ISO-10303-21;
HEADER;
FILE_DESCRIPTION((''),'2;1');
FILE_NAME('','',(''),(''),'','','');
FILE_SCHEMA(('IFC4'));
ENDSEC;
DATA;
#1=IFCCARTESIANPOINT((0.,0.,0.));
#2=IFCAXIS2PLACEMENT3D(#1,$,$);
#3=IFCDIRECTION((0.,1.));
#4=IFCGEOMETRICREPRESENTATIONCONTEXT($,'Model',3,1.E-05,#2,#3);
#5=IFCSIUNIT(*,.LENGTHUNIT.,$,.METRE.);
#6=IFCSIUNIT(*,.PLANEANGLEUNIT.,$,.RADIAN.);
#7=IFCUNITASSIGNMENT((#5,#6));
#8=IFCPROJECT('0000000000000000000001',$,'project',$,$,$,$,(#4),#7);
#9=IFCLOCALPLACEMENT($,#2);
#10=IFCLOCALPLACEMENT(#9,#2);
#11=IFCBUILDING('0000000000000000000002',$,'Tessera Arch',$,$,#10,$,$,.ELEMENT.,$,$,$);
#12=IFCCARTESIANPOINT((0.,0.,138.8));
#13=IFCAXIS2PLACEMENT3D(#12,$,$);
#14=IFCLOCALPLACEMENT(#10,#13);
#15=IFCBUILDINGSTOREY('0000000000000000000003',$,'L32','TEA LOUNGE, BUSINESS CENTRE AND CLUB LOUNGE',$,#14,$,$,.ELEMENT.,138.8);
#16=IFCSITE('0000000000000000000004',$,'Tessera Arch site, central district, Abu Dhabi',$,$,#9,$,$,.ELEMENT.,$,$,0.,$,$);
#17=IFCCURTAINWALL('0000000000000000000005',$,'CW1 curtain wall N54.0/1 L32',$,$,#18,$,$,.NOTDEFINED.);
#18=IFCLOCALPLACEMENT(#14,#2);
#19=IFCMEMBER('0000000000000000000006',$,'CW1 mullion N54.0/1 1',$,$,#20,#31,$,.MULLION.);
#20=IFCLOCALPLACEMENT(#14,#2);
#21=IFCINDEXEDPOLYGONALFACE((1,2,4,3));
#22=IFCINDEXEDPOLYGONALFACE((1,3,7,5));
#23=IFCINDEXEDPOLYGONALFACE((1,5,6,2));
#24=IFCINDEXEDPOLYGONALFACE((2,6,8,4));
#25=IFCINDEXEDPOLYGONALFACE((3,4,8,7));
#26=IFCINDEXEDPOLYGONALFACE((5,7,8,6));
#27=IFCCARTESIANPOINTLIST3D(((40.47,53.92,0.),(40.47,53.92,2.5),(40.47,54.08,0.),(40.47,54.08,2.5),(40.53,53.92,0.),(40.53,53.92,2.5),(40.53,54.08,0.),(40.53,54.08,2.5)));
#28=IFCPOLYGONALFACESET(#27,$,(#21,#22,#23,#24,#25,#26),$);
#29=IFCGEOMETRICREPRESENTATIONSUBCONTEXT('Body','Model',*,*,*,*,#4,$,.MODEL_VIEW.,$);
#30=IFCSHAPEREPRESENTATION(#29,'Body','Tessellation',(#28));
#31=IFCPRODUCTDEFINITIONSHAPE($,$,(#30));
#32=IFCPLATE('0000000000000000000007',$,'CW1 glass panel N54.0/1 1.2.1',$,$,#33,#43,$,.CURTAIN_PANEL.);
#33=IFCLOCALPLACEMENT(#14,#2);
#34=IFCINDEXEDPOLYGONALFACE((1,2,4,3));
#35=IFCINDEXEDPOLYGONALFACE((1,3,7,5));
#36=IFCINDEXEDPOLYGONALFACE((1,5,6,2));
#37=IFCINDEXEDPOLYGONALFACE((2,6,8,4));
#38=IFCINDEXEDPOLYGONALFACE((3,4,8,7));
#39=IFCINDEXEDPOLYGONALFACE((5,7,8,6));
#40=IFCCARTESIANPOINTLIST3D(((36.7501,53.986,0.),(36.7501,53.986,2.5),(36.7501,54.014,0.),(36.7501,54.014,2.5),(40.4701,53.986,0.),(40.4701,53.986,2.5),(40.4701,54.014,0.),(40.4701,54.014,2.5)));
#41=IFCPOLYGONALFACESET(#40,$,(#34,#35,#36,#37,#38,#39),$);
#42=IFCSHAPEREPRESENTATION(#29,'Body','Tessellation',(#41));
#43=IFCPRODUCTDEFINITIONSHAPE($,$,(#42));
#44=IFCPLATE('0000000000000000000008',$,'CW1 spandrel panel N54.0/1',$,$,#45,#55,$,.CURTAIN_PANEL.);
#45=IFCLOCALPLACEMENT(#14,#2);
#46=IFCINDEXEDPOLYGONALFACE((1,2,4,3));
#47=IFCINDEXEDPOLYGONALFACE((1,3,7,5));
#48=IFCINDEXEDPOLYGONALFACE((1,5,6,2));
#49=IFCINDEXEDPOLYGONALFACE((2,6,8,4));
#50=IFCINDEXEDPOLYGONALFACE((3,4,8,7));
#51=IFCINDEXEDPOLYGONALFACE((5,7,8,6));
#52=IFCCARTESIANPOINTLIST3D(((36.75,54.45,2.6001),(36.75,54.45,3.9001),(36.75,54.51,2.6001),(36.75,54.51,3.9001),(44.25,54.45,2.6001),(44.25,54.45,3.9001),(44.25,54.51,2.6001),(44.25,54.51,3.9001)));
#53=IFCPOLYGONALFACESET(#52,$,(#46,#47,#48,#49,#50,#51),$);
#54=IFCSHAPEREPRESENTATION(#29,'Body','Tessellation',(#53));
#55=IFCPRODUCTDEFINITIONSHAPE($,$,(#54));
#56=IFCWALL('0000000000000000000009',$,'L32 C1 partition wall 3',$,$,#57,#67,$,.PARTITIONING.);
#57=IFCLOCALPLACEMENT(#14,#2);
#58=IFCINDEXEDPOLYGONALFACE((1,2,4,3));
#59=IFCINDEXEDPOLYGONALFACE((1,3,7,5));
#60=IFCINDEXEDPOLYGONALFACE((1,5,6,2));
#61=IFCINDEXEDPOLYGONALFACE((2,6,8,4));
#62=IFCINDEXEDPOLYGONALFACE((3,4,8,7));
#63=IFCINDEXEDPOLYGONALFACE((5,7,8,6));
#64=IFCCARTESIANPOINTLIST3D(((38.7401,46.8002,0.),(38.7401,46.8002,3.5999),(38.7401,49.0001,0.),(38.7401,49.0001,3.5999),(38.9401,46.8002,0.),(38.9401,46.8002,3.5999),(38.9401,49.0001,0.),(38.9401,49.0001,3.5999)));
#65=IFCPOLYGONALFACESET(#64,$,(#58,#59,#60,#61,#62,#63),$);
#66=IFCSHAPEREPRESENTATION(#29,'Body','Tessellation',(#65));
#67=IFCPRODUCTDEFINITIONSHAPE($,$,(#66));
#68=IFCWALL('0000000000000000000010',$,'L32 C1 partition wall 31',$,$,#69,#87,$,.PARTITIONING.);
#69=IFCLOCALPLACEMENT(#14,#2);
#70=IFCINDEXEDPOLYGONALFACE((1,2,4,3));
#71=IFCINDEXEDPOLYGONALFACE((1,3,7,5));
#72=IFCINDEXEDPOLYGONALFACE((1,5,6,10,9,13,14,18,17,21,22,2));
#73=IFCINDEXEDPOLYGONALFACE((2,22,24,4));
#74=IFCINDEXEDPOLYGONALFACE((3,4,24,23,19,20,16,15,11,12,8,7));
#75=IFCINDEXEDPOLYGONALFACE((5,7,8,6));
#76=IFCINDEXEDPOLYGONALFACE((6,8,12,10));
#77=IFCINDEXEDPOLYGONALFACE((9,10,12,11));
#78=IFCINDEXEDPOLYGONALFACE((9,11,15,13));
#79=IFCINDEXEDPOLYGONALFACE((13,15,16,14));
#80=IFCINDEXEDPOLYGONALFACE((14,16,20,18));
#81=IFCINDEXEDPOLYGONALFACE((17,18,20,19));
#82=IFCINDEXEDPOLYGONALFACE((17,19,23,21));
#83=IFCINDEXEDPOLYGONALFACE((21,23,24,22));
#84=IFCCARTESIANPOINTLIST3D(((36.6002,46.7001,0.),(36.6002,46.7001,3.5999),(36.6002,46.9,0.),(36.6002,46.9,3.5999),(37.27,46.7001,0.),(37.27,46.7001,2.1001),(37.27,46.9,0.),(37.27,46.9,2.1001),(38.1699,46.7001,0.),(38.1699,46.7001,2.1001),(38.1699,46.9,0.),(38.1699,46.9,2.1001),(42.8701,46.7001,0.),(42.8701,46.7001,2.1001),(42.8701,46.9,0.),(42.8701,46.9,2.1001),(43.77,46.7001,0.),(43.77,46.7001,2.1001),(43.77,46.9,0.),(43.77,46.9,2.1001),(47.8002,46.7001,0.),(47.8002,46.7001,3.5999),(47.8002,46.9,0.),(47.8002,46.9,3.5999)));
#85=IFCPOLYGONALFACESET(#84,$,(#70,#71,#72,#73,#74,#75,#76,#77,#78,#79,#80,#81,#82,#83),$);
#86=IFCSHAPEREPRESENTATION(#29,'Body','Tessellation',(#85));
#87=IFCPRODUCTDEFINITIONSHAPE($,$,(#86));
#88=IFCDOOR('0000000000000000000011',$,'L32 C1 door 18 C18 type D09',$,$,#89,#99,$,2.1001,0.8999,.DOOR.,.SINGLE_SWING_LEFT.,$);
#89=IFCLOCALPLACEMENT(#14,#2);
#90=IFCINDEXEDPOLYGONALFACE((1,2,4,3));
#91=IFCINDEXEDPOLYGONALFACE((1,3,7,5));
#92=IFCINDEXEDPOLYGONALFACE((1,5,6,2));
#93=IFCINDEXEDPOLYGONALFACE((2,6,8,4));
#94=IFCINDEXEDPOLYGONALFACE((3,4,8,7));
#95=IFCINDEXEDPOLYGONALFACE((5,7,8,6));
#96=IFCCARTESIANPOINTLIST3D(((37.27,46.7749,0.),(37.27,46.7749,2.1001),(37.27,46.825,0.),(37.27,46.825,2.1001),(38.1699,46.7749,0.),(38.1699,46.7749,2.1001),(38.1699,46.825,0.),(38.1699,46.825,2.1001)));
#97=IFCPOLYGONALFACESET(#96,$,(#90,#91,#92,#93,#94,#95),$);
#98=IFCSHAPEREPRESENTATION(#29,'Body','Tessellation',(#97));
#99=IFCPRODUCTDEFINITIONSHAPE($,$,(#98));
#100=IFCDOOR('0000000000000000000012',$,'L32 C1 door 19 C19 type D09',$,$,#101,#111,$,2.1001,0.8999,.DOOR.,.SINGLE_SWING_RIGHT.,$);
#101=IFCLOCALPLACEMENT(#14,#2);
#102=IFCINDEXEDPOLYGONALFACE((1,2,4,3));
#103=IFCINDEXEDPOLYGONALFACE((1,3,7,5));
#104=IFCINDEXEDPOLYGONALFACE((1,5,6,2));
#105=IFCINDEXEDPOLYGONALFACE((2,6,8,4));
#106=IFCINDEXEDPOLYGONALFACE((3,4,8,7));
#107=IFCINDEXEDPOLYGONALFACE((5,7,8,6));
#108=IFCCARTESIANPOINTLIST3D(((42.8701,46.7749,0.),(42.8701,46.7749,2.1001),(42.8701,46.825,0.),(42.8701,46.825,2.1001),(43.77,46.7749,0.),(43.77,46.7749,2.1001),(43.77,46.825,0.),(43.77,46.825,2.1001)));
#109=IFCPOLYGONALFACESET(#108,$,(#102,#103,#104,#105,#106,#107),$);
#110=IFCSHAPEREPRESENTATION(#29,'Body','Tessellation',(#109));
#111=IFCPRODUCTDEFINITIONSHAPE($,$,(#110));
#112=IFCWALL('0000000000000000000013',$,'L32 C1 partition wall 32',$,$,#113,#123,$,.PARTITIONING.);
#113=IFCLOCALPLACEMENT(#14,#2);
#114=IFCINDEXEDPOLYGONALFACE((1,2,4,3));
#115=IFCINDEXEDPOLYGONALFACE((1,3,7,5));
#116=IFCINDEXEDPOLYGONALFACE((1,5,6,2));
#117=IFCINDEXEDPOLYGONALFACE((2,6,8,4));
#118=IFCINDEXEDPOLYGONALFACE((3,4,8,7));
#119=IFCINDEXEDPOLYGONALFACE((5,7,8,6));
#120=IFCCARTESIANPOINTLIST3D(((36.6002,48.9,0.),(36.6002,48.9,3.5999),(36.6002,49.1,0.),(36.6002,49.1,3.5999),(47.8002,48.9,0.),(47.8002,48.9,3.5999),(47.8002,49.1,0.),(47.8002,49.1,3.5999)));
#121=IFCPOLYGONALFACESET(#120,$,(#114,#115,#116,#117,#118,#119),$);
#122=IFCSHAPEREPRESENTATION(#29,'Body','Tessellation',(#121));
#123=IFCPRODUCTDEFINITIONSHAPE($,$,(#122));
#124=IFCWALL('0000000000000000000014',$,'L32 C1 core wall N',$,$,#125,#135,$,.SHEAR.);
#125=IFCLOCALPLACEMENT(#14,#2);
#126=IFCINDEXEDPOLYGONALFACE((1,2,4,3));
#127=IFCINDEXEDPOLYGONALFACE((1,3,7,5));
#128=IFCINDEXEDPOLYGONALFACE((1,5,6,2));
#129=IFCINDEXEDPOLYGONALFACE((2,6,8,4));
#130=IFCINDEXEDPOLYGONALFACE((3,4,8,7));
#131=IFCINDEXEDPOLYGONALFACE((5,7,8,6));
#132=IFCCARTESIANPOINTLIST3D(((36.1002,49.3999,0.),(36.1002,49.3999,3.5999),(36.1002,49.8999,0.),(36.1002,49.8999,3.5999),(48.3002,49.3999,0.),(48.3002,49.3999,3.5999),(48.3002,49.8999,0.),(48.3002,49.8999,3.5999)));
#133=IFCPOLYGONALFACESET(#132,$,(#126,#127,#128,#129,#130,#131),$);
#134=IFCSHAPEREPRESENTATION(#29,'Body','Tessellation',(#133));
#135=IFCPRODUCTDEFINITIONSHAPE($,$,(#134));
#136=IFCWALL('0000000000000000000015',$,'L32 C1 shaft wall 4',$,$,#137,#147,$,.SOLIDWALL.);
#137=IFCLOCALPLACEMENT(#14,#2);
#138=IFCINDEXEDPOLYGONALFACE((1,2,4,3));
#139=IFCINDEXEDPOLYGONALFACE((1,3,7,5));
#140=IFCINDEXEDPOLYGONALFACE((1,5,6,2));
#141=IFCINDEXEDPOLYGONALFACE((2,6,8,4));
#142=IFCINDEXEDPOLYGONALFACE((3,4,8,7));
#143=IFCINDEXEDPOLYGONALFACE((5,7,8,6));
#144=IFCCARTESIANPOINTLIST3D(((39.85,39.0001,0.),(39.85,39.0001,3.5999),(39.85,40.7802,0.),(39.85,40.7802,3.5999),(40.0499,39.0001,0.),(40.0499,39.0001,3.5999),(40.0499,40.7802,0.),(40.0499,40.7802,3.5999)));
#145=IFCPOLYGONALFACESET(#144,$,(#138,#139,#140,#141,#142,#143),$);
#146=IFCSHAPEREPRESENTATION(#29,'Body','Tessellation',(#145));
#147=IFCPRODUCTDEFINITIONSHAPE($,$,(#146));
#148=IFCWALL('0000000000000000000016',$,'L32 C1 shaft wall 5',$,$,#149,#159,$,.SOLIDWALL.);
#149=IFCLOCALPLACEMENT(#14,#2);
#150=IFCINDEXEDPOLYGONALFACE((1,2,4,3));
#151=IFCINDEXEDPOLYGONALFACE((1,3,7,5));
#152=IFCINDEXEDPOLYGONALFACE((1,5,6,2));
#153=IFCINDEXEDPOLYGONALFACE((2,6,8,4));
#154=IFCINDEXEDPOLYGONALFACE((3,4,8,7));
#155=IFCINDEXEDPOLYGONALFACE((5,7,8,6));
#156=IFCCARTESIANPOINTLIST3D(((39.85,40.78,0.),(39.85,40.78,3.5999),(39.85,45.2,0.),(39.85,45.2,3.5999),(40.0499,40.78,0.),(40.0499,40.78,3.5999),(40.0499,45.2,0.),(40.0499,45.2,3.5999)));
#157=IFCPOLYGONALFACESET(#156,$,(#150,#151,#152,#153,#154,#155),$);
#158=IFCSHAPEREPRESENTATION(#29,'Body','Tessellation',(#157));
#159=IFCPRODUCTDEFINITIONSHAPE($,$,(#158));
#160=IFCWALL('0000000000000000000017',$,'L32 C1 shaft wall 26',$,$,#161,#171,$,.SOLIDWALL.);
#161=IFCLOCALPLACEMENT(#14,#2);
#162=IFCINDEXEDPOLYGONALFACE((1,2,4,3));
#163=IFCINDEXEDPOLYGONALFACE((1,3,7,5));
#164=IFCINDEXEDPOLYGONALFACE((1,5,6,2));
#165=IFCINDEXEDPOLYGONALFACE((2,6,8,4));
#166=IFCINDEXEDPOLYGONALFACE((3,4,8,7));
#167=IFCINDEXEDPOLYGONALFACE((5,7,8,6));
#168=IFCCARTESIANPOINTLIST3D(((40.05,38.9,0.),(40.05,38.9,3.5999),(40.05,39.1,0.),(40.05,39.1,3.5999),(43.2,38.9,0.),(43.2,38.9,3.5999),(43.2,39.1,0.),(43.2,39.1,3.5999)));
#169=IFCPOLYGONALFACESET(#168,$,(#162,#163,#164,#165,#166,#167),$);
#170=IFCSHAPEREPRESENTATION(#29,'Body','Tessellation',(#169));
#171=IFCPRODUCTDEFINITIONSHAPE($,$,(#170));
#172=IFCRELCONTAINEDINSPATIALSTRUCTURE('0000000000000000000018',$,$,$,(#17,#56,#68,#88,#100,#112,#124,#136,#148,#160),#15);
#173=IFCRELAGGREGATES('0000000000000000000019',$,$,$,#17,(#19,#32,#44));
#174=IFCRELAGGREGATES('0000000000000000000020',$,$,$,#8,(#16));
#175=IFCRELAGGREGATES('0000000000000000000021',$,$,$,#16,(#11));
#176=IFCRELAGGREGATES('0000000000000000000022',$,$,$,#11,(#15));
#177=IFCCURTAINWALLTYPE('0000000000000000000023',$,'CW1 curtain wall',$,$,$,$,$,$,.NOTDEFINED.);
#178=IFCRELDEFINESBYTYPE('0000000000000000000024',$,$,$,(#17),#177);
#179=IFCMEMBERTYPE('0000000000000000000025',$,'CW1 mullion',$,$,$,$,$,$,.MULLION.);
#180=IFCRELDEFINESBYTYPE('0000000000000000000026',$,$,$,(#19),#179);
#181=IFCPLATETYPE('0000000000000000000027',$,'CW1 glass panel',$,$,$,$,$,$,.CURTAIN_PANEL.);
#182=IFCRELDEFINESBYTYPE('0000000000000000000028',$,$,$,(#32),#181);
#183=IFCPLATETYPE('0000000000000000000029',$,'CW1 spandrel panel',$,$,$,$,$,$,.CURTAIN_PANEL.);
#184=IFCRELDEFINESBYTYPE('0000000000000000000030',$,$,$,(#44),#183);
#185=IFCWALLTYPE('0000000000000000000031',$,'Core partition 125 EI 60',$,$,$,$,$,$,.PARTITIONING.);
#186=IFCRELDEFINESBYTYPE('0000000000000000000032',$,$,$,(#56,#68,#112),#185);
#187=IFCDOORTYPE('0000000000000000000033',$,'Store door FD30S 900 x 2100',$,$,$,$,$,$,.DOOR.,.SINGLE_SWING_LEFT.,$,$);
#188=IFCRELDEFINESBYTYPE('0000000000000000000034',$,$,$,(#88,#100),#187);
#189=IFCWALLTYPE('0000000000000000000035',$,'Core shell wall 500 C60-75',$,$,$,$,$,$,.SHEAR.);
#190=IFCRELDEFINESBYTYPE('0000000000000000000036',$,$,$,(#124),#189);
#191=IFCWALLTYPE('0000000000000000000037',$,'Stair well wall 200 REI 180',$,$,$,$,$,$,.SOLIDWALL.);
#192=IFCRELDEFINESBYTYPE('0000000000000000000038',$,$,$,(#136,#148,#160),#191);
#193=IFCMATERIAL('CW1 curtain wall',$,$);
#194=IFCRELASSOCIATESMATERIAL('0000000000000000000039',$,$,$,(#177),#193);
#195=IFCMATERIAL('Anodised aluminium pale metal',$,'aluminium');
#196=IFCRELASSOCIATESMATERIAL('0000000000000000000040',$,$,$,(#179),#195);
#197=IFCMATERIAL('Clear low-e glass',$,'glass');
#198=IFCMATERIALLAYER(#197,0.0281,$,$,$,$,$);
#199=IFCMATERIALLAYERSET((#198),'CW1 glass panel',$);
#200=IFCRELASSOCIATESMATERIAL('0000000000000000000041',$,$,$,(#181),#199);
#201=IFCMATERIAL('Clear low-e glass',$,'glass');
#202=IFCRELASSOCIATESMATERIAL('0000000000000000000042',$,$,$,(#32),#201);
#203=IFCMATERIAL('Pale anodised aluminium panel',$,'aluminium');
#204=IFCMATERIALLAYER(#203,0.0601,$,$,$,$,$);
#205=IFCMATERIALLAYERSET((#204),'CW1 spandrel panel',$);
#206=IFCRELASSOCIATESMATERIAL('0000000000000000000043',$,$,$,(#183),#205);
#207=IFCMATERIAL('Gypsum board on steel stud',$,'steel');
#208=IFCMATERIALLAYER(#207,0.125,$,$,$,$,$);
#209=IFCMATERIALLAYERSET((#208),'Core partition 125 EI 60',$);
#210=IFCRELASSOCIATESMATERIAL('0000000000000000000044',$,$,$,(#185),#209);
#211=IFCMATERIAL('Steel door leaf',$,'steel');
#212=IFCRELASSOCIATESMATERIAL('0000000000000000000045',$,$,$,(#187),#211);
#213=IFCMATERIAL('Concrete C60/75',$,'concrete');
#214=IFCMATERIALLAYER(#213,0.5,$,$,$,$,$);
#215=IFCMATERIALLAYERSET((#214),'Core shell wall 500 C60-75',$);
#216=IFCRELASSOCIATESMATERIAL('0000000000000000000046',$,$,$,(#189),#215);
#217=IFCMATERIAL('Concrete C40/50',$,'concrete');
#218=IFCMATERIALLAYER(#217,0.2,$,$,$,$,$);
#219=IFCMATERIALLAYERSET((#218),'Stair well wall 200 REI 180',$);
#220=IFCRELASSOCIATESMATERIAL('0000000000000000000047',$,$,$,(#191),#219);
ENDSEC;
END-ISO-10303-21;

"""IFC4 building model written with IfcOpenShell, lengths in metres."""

from ifc_helpers import new_model, si_unit, direction, frame, frame_2d, origin, origin_2d, place, context, subcontext, project, spatial, rectangle, extrude, material, layer, layer_set, material_profile, profile_set, type_object, element, fill, aggregate, save


model = new_model("IFC4")

# Units and contexts
model_context = context("Model", 3, precision=1e-05, world=origin(), true_north=direction((0.0, 1.0)))
body_context = subcontext(model_context, "Body", "Model", "MODEL_VIEW")
ifc_project = project(units=[si_unit("LENGTHUNIT", "METRE"), si_unit("PLANEANGLEUNIT", "RADIAN")], contexts=[model_context])

# Site, building, storey
site_placement = place(None, origin())
site = spatial("IfcSite", under=ifc_project, at=site_placement, Name="Tessera Arch site, central district, Abu Dhabi", CompositionType="ELEMENT", RefElevation=0.0)
building_placement = place(site_placement, origin())
building = spatial("IfcBuilding", under=site, at=building_placement, Name="Tessera Arch", CompositionType="ELEMENT")
storey_placement = place(building_placement, frame((0.0, 0.0, 138.8)))
storey = spatial("IfcBuildingStorey", under=building, at=storey_placement, Name="L32", Description="TEA LOUNGE, BUSINESS CENTRE AND CLUB LOUNGE", CompositionType="ELEMENT", Elevation=138.8)

# Curtain wall, member, plates
ifc_material_1 = material(Name="CW1 curtain wall")
curtain_wall_type = type_object("IfcCurtainWallType", Name="CW1 curtain wall", PredefinedType="NOTDEFINED", material=ifc_material_1)
curtain_wall_placement = place(storey_placement, origin())
curtain_wall = element("IfcCurtainWall", 1, at=curtain_wall_placement, inside=storey, type_object=curtain_wall_type, Name="CW1 curtain wall N54.0/1 L32", PredefinedType="NOTDEFINED")
ifc_material_2 = material(Name="Anodised aluminium pale metal", Category="aluminium")
ifc_material_profile = material_profile(ifc_material_2, rectangle(XDim=0.1599, YDim=0.0601, at=origin_2d()), Name="AL 60x160")
ifc_profile_set = profile_set([ifc_material_profile], Name="Anodised aluminium pale metal")
member_type = type_object("IfcMemberType", Name="CW1 mullion", PredefinedType="MULLION", material=ifc_profile_set)
member_placement = place(storey_placement, frame((40.5, 54.0, 0.0), z_axis=(0.0, 0.0, 1.0), x_axis=(0.0, -1.0, 0.0)))
member = element("IfcMember", 2, at=member_placement, type_object=member_type, Name="CW1 mullion N54.0/1 1", PredefinedType="MULLION", context=body_context, shape_type="SweptSolid", body=[
    extrude(rectangle(XDim=0.1599, YDim=0.0601, at=origin_2d()), origin(), (0.0, 0.0, 1.0), 2.5),
])
ifc_material_3 = material(Name="Clear low-e glass", Category="glass")
ifc_material_4 = material(Name="Clear low-e glass", Category="glass")
ifc_layer_1 = layer(ifc_material_4, 0.0281)
ifc_layer_set_1 = layer_set([ifc_layer_1], Name="CW1 glass panel")
plate_type_1 = type_object("IfcPlateType", Name="CW1 glass panel", PredefinedType="CURTAIN_PANEL", material=ifc_layer_set_1)
plate_1_placement = place(storey_placement, frame((38.6101, 54.0, 0.0), z_axis=(0.0, 0.0, 1.0), x_axis=(-1.0, 0.0, 0.0)))
plate_1 = element("IfcPlate", 3, at=plate_1_placement, type_object=plate_type_1, material=ifc_material_3, Name="CW1 glass panel N54.0/1 1.2.1", PredefinedType="CURTAIN_PANEL", context=body_context, shape_type="SweptSolid", body=[
    extrude(rectangle(XDim=3.72, YDim=0.0281, at=origin_2d()), origin(), (0.0, 0.0, 1.0), 2.5),
])
ifc_material_5 = material(Name="Pale anodised aluminium panel", Category="aluminium")
ifc_layer_2 = layer(ifc_material_5, 0.0601)
ifc_layer_set_2 = layer_set([ifc_layer_2], Name="CW1 spandrel panel")
plate_type_2 = type_object("IfcPlateType", Name="CW1 spandrel panel", PredefinedType="CURTAIN_PANEL", material=ifc_layer_set_2)
plate_2_placement = place(storey_placement, frame((40.5, 54.48, 2.6001), z_axis=(0.0, 0.0, 1.0), x_axis=(-1.0, 0.0, 0.0)))
plate_2 = element("IfcPlate", 4, at=plate_2_placement, type_object=plate_type_2, Name="CW1 spandrel panel N54.0/1", PredefinedType="CURTAIN_PANEL", context=body_context, shape_type="SweptSolid", body=[
    extrude(rectangle(XDim=7.5, YDim=0.0601, at=origin_2d()), origin(), (0.0, 0.0, 1.0), 1.3),
])
aggregate(curtain_wall, [member, plate_1, plate_2])

# Wall
ifc_material_6 = material(Name="Gypsum board on steel stud", Category="steel")
ifc_layer_3 = layer(ifc_material_6, 0.125)
ifc_layer_set_3 = layer_set([ifc_layer_3], Name="Core partition 125 EI 60")
wall_type_1 = type_object("IfcWallType", Name="Core partition 125 EI 60", PredefinedType="PARTITIONING", material=ifc_layer_set_3)
wall_1_placement = place(storey_placement, frame((38.8401, 46.8, 0.0), z_axis=(0.0, 0.0, 1.0), x_axis=(0.0, 1.0, 0.0)))
element("IfcWall", 5, at=wall_1_placement, inside=storey, type_object=wall_type_1, Name="L32 C1 partition wall 3", PredefinedType="PARTITIONING", context=body_context, shape_type="SweptSolid", body=[
    extrude(rectangle(XDim=2.2, YDim=0.2, at=frame_2d((1.1001, 0.0))), origin(), (0.0, 0.0, 1.0), 3.5999),
])

# Wall, openings, doors
wall_2_placement = place(storey_placement, frame((36.6001, 46.8, 0.0), z_axis=(0.0, 0.0, 1.0), x_axis=(1.0, 0.0, 0.0)))
wall_2 = element("IfcWall", 6, at=wall_2_placement, inside=storey, type_object=wall_type_1, Name="L32 C1 partition wall 31", PredefinedType="PARTITIONING", context=body_context, shape_type="SweptSolid", body=[
    extrude(rectangle(XDim=11.2, YDim=0.2, at=frame_2d((5.6001, 0.0))), origin(), (0.0, 0.0, 1.0), 3.5999),
])
opening_1_placement = place(wall_2_placement, frame((0.6699, 0.0, 0.0)))
opening_1 = element("IfcOpeningElement", 7, at=opening_1_placement, cuts=wall_2, PredefinedType="OPENING", context=body_context, shape_type="SweptSolid", body=[
    extrude(rectangle(XDim=0.8999, YDim=2.1001, at=frame_2d((0.45, 1.05))), frame((0.0, 0.1099, 0.0), z_axis=(0.0, -1.0, 0.0), x_axis=(1.0, 0.0, 0.0)), (0.0, 0.0, 1.0), 0.22),
])
opening_2_placement = place(wall_2_placement, frame((6.27, 0.0, 0.0)))
opening_2 = element("IfcOpeningElement", 8, at=opening_2_placement, cuts=wall_2, PredefinedType="OPENING", context=body_context, shape_type="SweptSolid", body=[
    extrude(rectangle(XDim=0.8999, YDim=2.1001, at=frame_2d((0.45, 1.05))), frame((0.0, 0.1099, 0.0), z_axis=(0.0, -1.0, 0.0), x_axis=(1.0, 0.0, 0.0)), (0.0, 0.0, 1.0), 0.22),
])
ifc_material_7 = material(Name="Steel door leaf", Category="steel")
door_type_1 = type_object("IfcDoorType", Name="Store door FD30S 900 x 2100", OperationType="SINGLE_SWING_LEFT", PredefinedType="DOOR", material=ifc_material_7)
door_1_placement = place(opening_1_placement, origin())
door_1 = element("IfcDoor", 9, at=door_1_placement, inside=storey, type_object=door_type_1, Name="L32 C1 door 18 C18 type D09", OperationType="SINGLE_SWING_LEFT", OverallHeight=2.1001, OverallWidth=0.8999, PredefinedType="DOOR", context=body_context, shape_type="SweptSolid", body=[
    extrude(rectangle(XDim=0.8999, YDim=2.1001, at=frame_2d((0.45, 1.05))), frame((0.0, 0.0249, 0.0), z_axis=(0.0, -1.0, 0.0), x_axis=(1.0, 0.0, 0.0)), (0.0, 0.0, 1.0), 0.05),
])
fill(opening_1, door_1)
door_2_placement = place(opening_2_placement, origin())
door_2 = element("IfcDoor", 10, at=door_2_placement, inside=storey, type_object=door_type_1, Name="L32 C1 door 19 C19 type D09", OperationType="SINGLE_SWING_RIGHT", OverallHeight=2.1001, OverallWidth=0.8999, PredefinedType="DOOR", context=body_context, shape_type="SweptSolid", body=[
    extrude(rectangle(XDim=0.8999, YDim=2.1001, at=frame_2d((0.45, 1.05))), frame((0.0, 0.0249, 0.0), z_axis=(0.0, -1.0, 0.0), x_axis=(1.0, 0.0, 0.0)), (0.0, 0.0, 1.0), 0.05),
])
fill(opening_2, door_2)

# Walls
wall_3_placement = place(storey_placement, frame((36.6001, 49.0, 0.0), z_axis=(0.0, 0.0, 1.0), x_axis=(1.0, 0.0, 0.0)))
element("IfcWall", 11, at=wall_3_placement, inside=storey, type_object=wall_type_1, Name="L32 C1 partition wall 32", PredefinedType="PARTITIONING", context=body_context, shape_type="SweptSolid", body=[
    extrude(rectangle(XDim=11.2, YDim=0.2, at=frame_2d((5.6001, 0.0))), origin(), (0.0, 0.0, 1.0), 3.5999),
])
ifc_material_8 = material(Name="Concrete C60/75", Category="concrete")
ifc_layer_4 = layer(ifc_material_8, 0.5)
ifc_layer_set_4 = layer_set([ifc_layer_4], Name="Core shell wall 500 C60-75")
wall_type_2 = type_object("IfcWallType", Name="Core shell wall 500 C60-75", PredefinedType="SHEAR", material=ifc_layer_set_4)
wall_4_placement = place(storey_placement, frame((36.1001, 49.6499, 0.0), z_axis=(0.0, 0.0, 1.0), x_axis=(1.0, 0.0, 0.0)))
element("IfcWall", 12, at=wall_4_placement, inside=storey, type_object=wall_type_2, Name="L32 C1 core wall N", PredefinedType="SHEAR", context=body_context, shape_type="SweptSolid", body=[
    extrude(rectangle(XDim=12.2, YDim=0.5, at=frame_2d((6.1001, 0.0))), origin(), (0.0, 0.0, 1.0), 3.5999),
])
ifc_material_9 = material(Name="Concrete C40/50", Category="concrete")
ifc_layer_5 = layer(ifc_material_9, 0.2)
ifc_layer_set_5 = layer_set([ifc_layer_5], Name="Stair well wall 200 REI 180")
wall_type_3 = type_object("IfcWallType", Name="Stair well wall 200 REI 180", PredefinedType="SOLIDWALL", material=ifc_layer_set_5)
wall_5_placement = place(storey_placement, frame((39.95, 39.0, 0.0), z_axis=(0.0, 0.0, 1.0), x_axis=(0.0, 1.0, 0.0)))
element("IfcWall", 13, at=wall_5_placement, inside=storey, type_object=wall_type_3, Name="L32 C1 shaft wall 4", PredefinedType="SOLIDWALL", context=body_context, shape_type="SweptSolid", body=[
    extrude(rectangle(XDim=1.78, YDim=0.2, at=frame_2d((0.8901, 0.0))), origin(), (0.0, 0.0, 1.0), 3.5999),
])
wall_6_placement = place(storey_placement, frame((39.95, 40.78, 0.0), z_axis=(0.0, 0.0, 1.0), x_axis=(0.0, 1.0, 0.0)))
element("IfcWall", 14, at=wall_6_placement, inside=storey, type_object=wall_type_3, Name="L32 C1 shaft wall 5", PredefinedType="SOLIDWALL", context=body_context, shape_type="SweptSolid", body=[
    extrude(rectangle(XDim=4.4199, YDim=0.2, at=frame_2d((2.21, 0.0))), origin(), (0.0, 0.0, 1.0), 3.5999),
])
wall_7_placement = place(storey_placement, frame((40.05, 39.0, 0.0), z_axis=(0.0, 0.0, 1.0), x_axis=(1.0, 0.0, 0.0)))
element("IfcWall", 15, at=wall_7_placement, inside=storey, type_object=wall_type_3, Name="L32 C1 shaft wall 26", PredefinedType="SOLIDWALL", context=body_context, shape_type="SweptSolid", body=[
    extrude(rectangle(XDim=3.1499, YDim=0.2, at=frame_2d((1.575, 0.0))), origin(), (0.0, 0.0, 1.0), 3.5999),
])

save(model, "model.ifc")
